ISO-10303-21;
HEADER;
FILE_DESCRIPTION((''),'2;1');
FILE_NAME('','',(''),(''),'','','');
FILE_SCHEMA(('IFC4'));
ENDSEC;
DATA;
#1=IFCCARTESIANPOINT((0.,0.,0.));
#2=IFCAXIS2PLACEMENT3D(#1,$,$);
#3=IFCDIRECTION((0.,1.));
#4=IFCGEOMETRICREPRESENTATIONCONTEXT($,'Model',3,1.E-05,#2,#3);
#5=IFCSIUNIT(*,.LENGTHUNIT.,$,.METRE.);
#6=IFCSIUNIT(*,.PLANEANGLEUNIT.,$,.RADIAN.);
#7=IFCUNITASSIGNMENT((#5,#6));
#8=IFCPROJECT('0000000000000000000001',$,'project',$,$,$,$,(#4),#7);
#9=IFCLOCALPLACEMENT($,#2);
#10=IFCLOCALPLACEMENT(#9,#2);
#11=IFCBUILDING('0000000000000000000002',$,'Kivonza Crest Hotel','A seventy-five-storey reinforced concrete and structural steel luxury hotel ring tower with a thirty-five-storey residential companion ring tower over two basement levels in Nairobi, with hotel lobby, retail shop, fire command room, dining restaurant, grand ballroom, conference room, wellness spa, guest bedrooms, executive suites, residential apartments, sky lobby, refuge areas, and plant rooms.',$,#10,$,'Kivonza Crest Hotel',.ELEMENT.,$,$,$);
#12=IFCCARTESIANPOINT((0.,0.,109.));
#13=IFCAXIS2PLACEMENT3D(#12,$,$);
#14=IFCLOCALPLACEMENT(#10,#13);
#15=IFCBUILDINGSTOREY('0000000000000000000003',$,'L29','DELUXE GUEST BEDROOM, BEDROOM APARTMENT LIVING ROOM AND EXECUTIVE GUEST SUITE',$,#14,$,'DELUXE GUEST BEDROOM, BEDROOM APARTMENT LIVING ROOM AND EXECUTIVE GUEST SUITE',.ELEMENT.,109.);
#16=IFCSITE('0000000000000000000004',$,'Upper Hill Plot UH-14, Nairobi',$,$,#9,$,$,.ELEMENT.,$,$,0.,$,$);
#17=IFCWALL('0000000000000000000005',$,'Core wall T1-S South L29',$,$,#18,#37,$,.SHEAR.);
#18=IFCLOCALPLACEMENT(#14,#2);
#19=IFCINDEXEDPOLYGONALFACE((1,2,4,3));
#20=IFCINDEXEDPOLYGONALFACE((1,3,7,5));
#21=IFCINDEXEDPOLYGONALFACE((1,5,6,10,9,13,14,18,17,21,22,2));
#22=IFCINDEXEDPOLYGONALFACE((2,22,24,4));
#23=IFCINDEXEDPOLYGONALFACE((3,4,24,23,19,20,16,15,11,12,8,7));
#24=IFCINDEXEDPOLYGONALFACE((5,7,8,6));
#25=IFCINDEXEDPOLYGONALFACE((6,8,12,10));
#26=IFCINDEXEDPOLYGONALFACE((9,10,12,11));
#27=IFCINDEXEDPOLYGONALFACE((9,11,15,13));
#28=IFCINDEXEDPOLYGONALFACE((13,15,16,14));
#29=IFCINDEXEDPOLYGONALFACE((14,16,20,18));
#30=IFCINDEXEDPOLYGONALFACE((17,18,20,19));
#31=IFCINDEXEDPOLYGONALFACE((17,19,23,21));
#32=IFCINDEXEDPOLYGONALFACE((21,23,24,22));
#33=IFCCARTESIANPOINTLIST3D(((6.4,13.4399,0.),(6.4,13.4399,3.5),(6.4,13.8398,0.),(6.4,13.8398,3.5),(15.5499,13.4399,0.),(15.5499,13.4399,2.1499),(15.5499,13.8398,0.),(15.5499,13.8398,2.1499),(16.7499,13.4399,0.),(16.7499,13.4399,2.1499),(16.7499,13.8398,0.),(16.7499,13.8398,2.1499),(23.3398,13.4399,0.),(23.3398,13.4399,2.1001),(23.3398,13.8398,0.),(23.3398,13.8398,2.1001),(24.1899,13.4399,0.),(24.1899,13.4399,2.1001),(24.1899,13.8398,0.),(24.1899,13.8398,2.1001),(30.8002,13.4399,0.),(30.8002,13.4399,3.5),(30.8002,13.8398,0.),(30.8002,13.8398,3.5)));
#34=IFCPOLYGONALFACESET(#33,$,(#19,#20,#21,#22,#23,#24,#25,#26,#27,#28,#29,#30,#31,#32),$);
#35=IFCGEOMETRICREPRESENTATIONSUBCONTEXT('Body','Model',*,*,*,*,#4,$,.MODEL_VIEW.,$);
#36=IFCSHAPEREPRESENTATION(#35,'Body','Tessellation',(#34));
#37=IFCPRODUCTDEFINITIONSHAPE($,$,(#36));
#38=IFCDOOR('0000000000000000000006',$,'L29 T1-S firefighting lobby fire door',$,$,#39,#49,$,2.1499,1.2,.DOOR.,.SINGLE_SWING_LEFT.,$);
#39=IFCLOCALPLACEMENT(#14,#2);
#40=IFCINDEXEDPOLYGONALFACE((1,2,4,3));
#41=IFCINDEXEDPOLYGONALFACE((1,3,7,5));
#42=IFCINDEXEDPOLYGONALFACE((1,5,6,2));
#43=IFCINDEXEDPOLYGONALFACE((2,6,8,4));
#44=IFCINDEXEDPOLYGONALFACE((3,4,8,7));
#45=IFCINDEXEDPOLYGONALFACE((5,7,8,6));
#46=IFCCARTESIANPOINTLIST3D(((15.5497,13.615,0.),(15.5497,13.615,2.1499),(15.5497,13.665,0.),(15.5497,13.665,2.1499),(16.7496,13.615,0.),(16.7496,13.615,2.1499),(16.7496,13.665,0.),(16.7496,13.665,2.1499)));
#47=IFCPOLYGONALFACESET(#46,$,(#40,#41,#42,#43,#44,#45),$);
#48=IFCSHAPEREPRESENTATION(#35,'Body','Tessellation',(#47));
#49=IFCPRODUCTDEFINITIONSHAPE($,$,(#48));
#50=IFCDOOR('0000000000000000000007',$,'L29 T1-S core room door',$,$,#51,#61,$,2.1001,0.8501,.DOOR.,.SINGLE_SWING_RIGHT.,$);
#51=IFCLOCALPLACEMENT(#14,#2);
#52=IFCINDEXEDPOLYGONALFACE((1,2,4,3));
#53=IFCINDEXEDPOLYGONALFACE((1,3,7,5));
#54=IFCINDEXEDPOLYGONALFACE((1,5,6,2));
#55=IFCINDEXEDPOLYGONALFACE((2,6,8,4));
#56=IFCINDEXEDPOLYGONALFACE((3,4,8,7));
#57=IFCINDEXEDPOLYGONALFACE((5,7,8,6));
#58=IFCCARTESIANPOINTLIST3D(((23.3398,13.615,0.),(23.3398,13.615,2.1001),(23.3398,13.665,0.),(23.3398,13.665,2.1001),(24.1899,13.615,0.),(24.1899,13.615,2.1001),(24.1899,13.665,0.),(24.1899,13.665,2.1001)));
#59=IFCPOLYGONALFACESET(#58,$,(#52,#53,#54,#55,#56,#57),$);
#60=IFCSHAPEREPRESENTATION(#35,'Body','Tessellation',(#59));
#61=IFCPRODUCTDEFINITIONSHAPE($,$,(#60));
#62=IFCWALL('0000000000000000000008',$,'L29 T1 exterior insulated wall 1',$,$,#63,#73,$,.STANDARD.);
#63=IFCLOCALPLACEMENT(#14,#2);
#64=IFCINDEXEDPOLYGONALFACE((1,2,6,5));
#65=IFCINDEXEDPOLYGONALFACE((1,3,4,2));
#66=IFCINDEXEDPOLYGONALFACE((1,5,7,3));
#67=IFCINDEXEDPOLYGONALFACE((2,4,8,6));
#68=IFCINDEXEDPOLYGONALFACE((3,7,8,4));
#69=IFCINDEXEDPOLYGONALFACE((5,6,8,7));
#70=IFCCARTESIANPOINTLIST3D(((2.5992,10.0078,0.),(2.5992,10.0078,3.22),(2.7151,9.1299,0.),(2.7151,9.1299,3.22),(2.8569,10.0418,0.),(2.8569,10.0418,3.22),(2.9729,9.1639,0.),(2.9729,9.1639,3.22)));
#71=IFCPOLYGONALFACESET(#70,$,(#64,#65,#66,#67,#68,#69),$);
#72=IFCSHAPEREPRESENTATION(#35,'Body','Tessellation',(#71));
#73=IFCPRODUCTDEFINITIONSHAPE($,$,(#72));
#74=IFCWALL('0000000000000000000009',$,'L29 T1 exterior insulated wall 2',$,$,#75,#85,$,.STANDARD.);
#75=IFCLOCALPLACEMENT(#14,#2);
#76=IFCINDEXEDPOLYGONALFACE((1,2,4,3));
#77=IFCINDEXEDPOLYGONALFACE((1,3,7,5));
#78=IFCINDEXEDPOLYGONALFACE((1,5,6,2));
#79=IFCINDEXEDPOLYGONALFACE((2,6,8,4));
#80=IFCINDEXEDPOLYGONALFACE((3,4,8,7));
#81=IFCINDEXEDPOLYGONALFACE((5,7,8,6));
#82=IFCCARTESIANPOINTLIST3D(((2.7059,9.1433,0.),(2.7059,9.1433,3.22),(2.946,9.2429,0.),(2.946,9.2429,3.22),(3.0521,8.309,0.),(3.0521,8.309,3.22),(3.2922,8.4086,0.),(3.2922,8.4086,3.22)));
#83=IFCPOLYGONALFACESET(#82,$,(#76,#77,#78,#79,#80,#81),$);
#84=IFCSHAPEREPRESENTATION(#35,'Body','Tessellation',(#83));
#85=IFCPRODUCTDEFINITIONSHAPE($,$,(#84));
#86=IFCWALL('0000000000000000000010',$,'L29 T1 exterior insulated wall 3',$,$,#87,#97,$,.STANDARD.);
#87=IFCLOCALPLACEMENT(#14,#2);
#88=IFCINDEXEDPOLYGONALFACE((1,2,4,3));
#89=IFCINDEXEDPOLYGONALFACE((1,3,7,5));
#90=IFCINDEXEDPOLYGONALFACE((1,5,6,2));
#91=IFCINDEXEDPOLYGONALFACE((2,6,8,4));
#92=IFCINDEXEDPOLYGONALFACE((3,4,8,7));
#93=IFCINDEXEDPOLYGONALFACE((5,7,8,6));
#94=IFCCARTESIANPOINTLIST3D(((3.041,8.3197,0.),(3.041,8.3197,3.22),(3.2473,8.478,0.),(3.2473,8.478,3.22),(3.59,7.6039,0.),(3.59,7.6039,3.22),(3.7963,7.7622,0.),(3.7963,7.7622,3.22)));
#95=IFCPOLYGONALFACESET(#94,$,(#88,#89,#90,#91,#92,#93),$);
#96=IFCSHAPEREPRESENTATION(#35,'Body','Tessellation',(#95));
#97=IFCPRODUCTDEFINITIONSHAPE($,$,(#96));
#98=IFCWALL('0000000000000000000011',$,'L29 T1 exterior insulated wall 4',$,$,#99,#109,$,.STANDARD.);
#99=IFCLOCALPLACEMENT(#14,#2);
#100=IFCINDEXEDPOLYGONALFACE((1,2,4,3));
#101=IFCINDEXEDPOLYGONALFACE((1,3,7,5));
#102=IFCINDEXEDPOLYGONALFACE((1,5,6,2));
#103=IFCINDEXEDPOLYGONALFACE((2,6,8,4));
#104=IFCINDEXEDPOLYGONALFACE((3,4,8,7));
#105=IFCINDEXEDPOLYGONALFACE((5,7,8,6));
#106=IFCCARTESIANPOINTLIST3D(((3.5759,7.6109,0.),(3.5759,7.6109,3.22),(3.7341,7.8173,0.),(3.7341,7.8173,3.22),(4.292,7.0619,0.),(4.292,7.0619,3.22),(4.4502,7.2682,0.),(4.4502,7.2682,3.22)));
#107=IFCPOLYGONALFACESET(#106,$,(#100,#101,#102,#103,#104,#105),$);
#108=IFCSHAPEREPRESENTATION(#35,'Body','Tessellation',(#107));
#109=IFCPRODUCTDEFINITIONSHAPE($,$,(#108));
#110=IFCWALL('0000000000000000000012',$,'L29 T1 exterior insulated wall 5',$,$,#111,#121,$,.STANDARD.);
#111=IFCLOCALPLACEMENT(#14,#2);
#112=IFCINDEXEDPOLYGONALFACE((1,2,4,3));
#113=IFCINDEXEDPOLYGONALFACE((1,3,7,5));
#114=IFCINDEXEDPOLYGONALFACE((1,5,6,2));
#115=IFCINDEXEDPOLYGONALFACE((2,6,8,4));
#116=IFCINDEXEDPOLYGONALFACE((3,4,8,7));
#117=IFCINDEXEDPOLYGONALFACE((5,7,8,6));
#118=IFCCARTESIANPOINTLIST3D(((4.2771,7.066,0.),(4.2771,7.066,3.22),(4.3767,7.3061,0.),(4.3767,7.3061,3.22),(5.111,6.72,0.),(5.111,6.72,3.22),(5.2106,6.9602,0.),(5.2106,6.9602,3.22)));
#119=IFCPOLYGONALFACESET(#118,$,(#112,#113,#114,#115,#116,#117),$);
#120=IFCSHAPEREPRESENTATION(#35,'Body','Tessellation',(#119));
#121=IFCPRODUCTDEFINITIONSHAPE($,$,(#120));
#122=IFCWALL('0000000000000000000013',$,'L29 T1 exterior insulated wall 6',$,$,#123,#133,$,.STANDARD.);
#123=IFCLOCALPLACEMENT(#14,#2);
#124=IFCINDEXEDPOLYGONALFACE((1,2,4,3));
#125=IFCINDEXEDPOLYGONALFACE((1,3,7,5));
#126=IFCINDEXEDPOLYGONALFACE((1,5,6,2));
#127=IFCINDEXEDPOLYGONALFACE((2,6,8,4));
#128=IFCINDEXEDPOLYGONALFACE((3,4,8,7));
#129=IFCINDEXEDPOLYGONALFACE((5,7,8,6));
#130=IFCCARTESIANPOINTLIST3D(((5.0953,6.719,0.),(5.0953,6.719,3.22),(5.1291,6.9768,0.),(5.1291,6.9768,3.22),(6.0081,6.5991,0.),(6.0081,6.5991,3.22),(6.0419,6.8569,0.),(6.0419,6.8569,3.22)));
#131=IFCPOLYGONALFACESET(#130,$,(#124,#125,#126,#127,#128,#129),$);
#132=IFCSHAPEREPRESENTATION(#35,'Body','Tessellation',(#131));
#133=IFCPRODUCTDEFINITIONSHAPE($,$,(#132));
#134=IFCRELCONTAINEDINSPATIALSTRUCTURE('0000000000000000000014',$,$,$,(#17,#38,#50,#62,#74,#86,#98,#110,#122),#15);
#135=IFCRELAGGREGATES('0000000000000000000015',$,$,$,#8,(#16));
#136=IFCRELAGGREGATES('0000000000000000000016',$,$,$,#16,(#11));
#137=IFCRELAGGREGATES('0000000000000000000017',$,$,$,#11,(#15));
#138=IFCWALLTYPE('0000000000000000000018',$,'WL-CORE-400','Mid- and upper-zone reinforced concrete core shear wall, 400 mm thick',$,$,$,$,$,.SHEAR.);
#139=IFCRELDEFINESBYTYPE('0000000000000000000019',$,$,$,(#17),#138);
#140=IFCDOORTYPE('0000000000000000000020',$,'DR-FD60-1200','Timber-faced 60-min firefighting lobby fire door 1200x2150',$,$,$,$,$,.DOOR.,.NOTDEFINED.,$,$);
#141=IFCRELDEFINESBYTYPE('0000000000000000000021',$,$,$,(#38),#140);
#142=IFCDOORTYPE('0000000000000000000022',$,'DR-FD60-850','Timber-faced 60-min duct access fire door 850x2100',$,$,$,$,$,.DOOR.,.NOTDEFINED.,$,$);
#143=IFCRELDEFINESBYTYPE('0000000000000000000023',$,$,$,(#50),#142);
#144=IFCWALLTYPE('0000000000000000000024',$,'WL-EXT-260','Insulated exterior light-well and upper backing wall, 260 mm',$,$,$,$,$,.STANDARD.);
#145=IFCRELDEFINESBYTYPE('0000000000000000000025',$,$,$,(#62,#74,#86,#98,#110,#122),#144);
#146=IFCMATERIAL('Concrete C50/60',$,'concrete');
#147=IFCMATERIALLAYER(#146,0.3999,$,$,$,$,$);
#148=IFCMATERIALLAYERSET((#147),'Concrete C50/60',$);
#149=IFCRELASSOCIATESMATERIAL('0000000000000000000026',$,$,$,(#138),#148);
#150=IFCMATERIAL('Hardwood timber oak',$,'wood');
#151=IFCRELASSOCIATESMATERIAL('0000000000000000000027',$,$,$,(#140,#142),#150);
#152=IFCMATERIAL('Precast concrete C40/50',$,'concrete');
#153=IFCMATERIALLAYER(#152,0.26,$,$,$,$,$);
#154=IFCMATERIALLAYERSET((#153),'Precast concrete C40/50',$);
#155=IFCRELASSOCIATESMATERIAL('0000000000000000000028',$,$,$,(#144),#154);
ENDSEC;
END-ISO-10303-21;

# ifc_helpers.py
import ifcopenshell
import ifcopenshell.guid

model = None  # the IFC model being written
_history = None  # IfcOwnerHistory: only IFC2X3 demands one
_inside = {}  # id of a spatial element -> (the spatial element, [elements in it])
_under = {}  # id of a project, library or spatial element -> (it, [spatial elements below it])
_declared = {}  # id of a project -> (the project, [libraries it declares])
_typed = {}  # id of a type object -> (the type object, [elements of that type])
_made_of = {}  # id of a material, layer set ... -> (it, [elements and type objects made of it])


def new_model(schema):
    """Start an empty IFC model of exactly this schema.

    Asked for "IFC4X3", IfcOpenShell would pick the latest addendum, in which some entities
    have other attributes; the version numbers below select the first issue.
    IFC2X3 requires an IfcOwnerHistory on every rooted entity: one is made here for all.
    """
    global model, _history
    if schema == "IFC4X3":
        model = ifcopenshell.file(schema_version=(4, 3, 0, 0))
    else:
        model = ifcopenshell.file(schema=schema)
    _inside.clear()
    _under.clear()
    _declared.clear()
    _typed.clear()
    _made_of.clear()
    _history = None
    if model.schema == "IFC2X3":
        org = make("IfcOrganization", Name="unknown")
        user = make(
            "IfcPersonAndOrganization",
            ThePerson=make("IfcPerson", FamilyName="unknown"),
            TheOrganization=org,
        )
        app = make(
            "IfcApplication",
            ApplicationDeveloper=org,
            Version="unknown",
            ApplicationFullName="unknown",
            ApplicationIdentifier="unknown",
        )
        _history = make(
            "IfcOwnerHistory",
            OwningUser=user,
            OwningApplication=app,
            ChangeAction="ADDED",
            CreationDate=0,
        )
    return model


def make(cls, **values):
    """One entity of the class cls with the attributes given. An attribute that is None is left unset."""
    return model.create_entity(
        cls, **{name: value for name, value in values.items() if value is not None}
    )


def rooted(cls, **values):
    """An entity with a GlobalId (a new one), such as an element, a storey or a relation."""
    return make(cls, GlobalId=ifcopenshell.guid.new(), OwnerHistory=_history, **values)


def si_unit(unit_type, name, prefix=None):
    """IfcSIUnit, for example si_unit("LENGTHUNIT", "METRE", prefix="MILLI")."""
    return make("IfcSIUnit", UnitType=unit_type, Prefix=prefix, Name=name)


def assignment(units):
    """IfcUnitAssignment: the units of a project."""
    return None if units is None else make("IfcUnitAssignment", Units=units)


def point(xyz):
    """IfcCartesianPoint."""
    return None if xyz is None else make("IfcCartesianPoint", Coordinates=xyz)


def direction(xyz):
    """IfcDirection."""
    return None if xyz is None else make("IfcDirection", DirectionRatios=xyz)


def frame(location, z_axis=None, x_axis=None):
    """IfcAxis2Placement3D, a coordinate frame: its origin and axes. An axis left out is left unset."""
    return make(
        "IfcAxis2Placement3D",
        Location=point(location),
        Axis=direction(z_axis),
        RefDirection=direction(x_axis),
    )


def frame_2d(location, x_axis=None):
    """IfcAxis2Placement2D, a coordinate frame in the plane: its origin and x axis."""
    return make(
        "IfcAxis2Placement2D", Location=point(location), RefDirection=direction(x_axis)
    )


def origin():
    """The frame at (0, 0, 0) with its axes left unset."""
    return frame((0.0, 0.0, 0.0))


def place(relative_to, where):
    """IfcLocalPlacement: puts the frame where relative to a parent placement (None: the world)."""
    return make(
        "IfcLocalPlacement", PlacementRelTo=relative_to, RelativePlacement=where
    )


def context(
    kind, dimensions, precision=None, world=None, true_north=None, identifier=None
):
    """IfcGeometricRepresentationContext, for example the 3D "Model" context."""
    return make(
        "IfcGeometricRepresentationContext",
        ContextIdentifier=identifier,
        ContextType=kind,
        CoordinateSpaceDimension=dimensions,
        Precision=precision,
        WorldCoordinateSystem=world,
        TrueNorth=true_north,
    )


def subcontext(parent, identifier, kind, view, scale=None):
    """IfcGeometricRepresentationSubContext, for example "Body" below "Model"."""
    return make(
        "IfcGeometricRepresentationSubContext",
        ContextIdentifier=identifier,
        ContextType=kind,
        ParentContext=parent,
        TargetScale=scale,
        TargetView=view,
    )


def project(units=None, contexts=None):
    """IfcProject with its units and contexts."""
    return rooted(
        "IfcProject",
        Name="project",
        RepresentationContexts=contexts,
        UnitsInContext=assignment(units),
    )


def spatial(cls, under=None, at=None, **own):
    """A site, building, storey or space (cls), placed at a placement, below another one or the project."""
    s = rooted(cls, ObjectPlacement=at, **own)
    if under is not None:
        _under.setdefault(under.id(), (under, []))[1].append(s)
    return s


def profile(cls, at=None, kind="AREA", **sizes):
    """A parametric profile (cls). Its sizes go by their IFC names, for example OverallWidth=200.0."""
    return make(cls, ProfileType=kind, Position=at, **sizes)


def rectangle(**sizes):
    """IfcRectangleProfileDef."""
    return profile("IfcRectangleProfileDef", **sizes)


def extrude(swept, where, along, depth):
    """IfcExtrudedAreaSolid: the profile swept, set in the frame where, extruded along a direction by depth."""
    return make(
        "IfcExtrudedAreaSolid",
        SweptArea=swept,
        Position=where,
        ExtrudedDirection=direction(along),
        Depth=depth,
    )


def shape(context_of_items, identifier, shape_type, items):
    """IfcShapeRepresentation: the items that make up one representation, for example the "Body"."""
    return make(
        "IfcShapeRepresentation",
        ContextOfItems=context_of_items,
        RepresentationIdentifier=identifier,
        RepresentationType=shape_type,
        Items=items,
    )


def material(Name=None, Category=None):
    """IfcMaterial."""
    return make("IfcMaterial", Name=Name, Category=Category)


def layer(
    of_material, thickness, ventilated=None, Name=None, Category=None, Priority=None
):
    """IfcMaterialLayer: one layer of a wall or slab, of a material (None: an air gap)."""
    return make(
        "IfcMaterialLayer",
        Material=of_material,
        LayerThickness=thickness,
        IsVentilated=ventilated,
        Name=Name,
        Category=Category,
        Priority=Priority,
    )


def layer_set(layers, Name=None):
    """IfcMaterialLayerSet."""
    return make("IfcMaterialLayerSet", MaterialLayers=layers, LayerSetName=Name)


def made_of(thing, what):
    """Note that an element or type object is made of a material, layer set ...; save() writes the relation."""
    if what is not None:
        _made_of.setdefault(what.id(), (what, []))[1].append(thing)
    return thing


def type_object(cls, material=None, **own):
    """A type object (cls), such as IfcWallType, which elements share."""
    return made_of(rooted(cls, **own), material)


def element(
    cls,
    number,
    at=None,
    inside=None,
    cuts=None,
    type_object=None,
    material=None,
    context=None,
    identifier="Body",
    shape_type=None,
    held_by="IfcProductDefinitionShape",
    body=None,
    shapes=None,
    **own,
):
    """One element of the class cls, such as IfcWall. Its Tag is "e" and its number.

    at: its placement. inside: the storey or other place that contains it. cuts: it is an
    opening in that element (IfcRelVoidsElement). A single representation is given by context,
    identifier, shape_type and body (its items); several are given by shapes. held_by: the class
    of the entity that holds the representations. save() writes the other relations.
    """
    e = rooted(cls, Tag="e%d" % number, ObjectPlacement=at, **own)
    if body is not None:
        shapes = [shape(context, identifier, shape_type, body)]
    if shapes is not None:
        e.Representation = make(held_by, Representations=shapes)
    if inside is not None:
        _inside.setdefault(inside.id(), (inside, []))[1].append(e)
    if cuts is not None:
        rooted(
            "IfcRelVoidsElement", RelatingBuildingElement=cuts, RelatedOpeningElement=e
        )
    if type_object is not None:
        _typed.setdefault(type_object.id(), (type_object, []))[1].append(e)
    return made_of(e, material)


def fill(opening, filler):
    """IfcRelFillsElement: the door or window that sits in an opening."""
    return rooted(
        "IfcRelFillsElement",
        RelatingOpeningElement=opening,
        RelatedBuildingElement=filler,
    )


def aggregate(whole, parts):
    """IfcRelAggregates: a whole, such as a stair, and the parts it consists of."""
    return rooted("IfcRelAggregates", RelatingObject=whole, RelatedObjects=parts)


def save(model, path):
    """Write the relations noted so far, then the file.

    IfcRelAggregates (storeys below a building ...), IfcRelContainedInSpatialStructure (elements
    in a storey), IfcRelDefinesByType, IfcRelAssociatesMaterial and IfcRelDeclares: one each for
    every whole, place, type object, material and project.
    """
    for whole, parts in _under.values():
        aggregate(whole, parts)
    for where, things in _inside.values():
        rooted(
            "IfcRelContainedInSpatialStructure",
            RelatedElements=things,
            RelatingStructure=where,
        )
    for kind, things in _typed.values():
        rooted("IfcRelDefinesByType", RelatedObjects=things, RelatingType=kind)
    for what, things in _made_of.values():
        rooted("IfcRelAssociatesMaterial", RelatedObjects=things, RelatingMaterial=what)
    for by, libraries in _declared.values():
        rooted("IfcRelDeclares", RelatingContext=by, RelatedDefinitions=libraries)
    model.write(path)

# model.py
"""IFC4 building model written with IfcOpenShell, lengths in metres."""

from ifc_helpers import new_model, si_unit, direction, frame, frame_2d, origin, place, context, subcontext, project, spatial, rectangle, extrude, material, layer, layer_set, type_object, element, fill, save


model = new_model("IFC4")

# Units and contexts
model_context = context("Model", 3, precision=1e-05, world=origin(), true_north=direction((0.0, 1.0)))
body_context = subcontext(model_context, "Body", "Model", "MODEL_VIEW")
ifc_project = project(units=[si_unit("LENGTHUNIT", "METRE"), si_unit("PLANEANGLEUNIT", "RADIAN")], contexts=[model_context])

# Site, building, storey
site_placement = place(None, origin())
site = spatial("IfcSite", under=ifc_project, at=site_placement, Name="Upper Hill Plot UH-14, Nairobi", CompositionType="ELEMENT", RefElevation=0.0)
building_placement = place(site_placement, origin())
building = spatial("IfcBuilding", under=site, at=building_placement, Name="Kivonza Crest Hotel", Description="A seventy-five-storey reinforced concrete and structural steel luxury hotel ring tower with a thirty-five-storey residential companion ring tower over two basement levels in Nairobi, with hotel lobby, retail shop, fire command room, dining restaurant, grand ballroom, conference room, wellness spa, guest bedrooms, executive suites, residential apartments, sky lobby, refuge areas, and plant rooms.", LongName="Kivonza Crest Hotel", CompositionType="ELEMENT")
storey_placement = place(building_placement, frame((0.0, 0.0, 109.0)))
storey = spatial("IfcBuildingStorey", under=building, at=storey_placement, Name="L29", Description="DELUXE GUEST BEDROOM, BEDROOM APARTMENT LIVING ROOM AND EXECUTIVE GUEST SUITE", LongName="DELUXE GUEST BEDROOM, BEDROOM APARTMENT LIVING ROOM AND EXECUTIVE GUEST SUITE", CompositionType="ELEMENT", Elevation=109.0)

# Shared definitions
ifc_material_1 = material(Name="Hardwood timber oak", Category="wood")

# Wall, openings, doors
ifc_material_2 = material(Name="Concrete C50/60", Category="concrete")
ifc_layer_1 = layer(ifc_material_2, 0.3999)
ifc_layer_set_1 = layer_set([ifc_layer_1], Name="Concrete C50/60")
wall_type_1 = type_object("IfcWallType", Name="WL-CORE-400", Description="Mid- and upper-zone reinforced concrete core shear wall, 400 mm thick", PredefinedType="SHEAR", material=ifc_layer_set_1)
wall_1_placement = place(storey_placement, frame((6.3999, 13.6399, 0.0), z_axis=(0.0, 0.0, 1.0), x_axis=(1.0, 0.0, 0.0)))
wall_1 = element("IfcWall", 1, at=wall_1_placement, inside=storey, type_object=wall_type_1, Name="Core wall T1-S South L29", PredefinedType="SHEAR", context=body_context, shape_type="SweptSolid", body=[
    extrude(rectangle(XDim=24.4001, YDim=0.3999, at=frame_2d((12.2002, 0.0))), origin(), (0.0, 0.0, 1.0), 3.5),
])
opening_1_placement = place(wall_1_placement, frame((9.1499, 0.0, 0.0)))
opening_1 = element("IfcOpeningElement", 2, at=opening_1_placement, cuts=wall_1, PredefinedType="OPENING", context=body_context, shape_type="SweptSolid", body=[
    extrude(rectangle(XDim=1.2, YDim=2.1499, at=frame_2d((0.6001, 1.075))), frame((0.0, 0.21, 0.0), z_axis=(0.0, -1.0, 0.0), x_axis=(1.0, 0.0, 0.0)), (0.0, 0.0, 1.0), 0.4199),
])
opening_2_placement = place(wall_1_placement, frame((16.9399, 0.0, 0.0)))
opening_2 = element("IfcOpeningElement", 3, at=opening_2_placement, cuts=wall_1, PredefinedType="OPENING", context=body_context, shape_type="SweptSolid", body=[
    extrude(rectangle(XDim=0.8501, YDim=2.1001, at=frame_2d((0.425, 1.05))), frame((0.0, 0.21, 0.0), z_axis=(0.0, -1.0, 0.0), x_axis=(1.0, 0.0, 0.0)), (0.0, 0.0, 1.0), 0.4199),
])
door_type_1 = type_object("IfcDoorType", Name="DR-FD60-1200", Description="Timber-faced 60-min firefighting lobby fire door 1200x2150", OperationType="NOTDEFINED", PredefinedType="DOOR", material=ifc_material_1)
door_1_placement = place(opening_1_placement, frame((1.2, 0.0, 0.0), z_axis=(0.0, 0.0, 1.0), x_axis=(-1.0, 0.0, 0.0)))
door_1 = element("IfcDoor", 4, at=door_1_placement, inside=storey, type_object=door_type_1, Name="L29 T1-S firefighting lobby fire door", OperationType="SINGLE_SWING_LEFT", OverallHeight=2.1499, OverallWidth=1.2, PredefinedType="DOOR", context=body_context, shape_type="SweptSolid", body=[
    extrude(rectangle(XDim=1.2, YDim=2.1499, at=frame_2d((0.6001, 1.075))), frame((0.0, 0.0249, 0.0), z_axis=(0.0, -1.0, 0.0), x_axis=(1.0, 0.0, 0.0)), (0.0, 0.0, 1.0), 0.05),
])
fill(opening_1, door_1)
door_type_2 = type_object("IfcDoorType", Name="DR-FD60-850", Description="Timber-faced 60-min duct access fire door 850x2100", OperationType="NOTDEFINED", PredefinedType="DOOR", material=ifc_material_1)
door_2_placement = place(opening_2_placement, frame((0.8501, 0.0, 0.0), z_axis=(0.0, 0.0, 1.0), x_axis=(-1.0, 0.0, 0.0)))
door_2 = element("IfcDoor", 5, at=door_2_placement, inside=storey, type_object=door_type_2, Name="L29 T1-S core room door", OperationType="SINGLE_SWING_RIGHT", OverallHeight=2.1001, OverallWidth=0.8501, PredefinedType="DOOR", context=body_context, shape_type="SweptSolid", body=[
    extrude(rectangle(XDim=0.8501, YDim=2.1001, at=frame_2d((0.425, 1.05))), frame((0.0, 0.0249, 0.0), z_axis=(0.0, -1.0, 0.0), x_axis=(1.0, 0.0, 0.0)), (0.0, 0.0, 1.0), 0.05),
])
fill(opening_2, door_2)

# Walls
ifc_material_3 = material(Name="Precast concrete C40/50", Category="concrete")
ifc_layer_2 = layer(ifc_material_3, 0.26)
ifc_layer_set_2 = layer_set([ifc_layer_2], Name="Precast concrete C40/50")
wall_type_2 = type_object("IfcWallType", Name="WL-EXT-260", Description="Insulated exterior light-well and upper backing wall, 260 mm", PredefinedType="STANDARD", material=ifc_layer_set_2)
wall_2_placement = place(storey_placement, frame((2.728, 10.0249, 0.0), z_axis=(0.0, 0.0, 1.0), x_axis=(0.130954, -0.991388, 0.0)))
element("IfcWall", 6, at=wall_2_placement, inside=storey, type_object=wall_type_2, Name="L29 T1 exterior insulated wall 1", PredefinedType="STANDARD", context=body_context, shape_type="SweptSolid", body=[
    extrude(rectangle(XDim=0.8855, YDim=0.26, at=frame_2d((0.4429, 0.0))), origin(), (0.0, 0.0, 1.0), 3.22),
])
wall_3_placement = place(storey_placement, frame((2.8259, 9.1931, 0.0), z_axis=(0.0, 0.0, 1.0), x_axis=(0.383291, -0.923628, 0.0)))
element("IfcWall", 7, at=wall_3_placement, inside=storey, type_object=wall_type_2, Name="L29 T1 exterior insulated wall 2", PredefinedType="STANDARD", context=body_context, shape_type="SweptSolid", body=[
    extrude(rectangle(XDim=0.9033, YDim=0.26, at=frame_2d((0.4517, 0.0))), origin(), (0.0, 0.0, 1.0), 3.22),
])
wall_4_placement = place(storey_placement, frame((3.144, 8.3989, 0.0), z_axis=(0.0, 0.0, 1.0), x_axis=(0.608625, -0.793458, 0.0)))
element("IfcWall", 8, at=wall_4_placement, inside=storey, type_object=wall_type_2, Name="L29 T1 exterior insulated wall 3", PredefinedType="STANDARD", context=body_context, shape_type="SweptSolid", body=[
    extrude(rectangle(XDim=0.9021, YDim=0.26, at=frame_2d((0.4512, 0.0))), origin(), (0.0, 0.0, 1.0), 3.22),
])
wall_5_placement = place(storey_placement, frame((3.655, 7.7141, 0.0), z_axis=(0.0, 0.0, 1.0), x_axis=(0.793558, -0.608494, 0.0)))
element("IfcWall", 9, at=wall_5_placement, inside=storey, type_object=wall_type_2, Name="L29 T1 exterior insulated wall 4", PredefinedType="STANDARD", context=body_context, shape_type="SweptSolid", body=[
    extrude(rectangle(XDim=0.9023, YDim=0.26, at=frame_2d((0.4512, 0.0))), origin(), (0.0, 0.0, 1.0), 3.22),
])
wall_6_placement = place(storey_placement, frame((4.3269, 7.186, 0.0), z_axis=(0.0, 0.0, 1.0), x_axis=(0.923684, -0.383156, 0.0)))
element("IfcWall", 10, at=wall_6_placement, inside=storey, type_object=wall_type_2, Name="L29 T1 exterior insulated wall 5", PredefinedType="STANDARD", context=body_context, shape_type="SweptSolid", body=[
    extrude(rectangle(XDim=0.9028, YDim=0.26, at=frame_2d((0.4514, 0.0))), origin(), (0.0, 0.0, 1.0), 3.22),
])
wall_7_placement = place(storey_placement, frame((5.1121, 6.8479, 0.0), z_axis=(0.0, 0.0, 1.0), x_axis=(0.991488, -0.130201, 0.0)))
element("IfcWall", 11, at=wall_7_placement, inside=storey, type_object=wall_type_2, Name="L29 T1 exterior insulated wall 6", PredefinedType="STANDARD", context=body_context, shape_type="SweptSolid", body=[
    extrude(rectangle(XDim=0.9207, YDim=0.26, at=frame_2d((0.4604, 0.0))), origin(), (0.0, 0.0, 1.0), 3.22),
])

save(model, "model.ifc")
